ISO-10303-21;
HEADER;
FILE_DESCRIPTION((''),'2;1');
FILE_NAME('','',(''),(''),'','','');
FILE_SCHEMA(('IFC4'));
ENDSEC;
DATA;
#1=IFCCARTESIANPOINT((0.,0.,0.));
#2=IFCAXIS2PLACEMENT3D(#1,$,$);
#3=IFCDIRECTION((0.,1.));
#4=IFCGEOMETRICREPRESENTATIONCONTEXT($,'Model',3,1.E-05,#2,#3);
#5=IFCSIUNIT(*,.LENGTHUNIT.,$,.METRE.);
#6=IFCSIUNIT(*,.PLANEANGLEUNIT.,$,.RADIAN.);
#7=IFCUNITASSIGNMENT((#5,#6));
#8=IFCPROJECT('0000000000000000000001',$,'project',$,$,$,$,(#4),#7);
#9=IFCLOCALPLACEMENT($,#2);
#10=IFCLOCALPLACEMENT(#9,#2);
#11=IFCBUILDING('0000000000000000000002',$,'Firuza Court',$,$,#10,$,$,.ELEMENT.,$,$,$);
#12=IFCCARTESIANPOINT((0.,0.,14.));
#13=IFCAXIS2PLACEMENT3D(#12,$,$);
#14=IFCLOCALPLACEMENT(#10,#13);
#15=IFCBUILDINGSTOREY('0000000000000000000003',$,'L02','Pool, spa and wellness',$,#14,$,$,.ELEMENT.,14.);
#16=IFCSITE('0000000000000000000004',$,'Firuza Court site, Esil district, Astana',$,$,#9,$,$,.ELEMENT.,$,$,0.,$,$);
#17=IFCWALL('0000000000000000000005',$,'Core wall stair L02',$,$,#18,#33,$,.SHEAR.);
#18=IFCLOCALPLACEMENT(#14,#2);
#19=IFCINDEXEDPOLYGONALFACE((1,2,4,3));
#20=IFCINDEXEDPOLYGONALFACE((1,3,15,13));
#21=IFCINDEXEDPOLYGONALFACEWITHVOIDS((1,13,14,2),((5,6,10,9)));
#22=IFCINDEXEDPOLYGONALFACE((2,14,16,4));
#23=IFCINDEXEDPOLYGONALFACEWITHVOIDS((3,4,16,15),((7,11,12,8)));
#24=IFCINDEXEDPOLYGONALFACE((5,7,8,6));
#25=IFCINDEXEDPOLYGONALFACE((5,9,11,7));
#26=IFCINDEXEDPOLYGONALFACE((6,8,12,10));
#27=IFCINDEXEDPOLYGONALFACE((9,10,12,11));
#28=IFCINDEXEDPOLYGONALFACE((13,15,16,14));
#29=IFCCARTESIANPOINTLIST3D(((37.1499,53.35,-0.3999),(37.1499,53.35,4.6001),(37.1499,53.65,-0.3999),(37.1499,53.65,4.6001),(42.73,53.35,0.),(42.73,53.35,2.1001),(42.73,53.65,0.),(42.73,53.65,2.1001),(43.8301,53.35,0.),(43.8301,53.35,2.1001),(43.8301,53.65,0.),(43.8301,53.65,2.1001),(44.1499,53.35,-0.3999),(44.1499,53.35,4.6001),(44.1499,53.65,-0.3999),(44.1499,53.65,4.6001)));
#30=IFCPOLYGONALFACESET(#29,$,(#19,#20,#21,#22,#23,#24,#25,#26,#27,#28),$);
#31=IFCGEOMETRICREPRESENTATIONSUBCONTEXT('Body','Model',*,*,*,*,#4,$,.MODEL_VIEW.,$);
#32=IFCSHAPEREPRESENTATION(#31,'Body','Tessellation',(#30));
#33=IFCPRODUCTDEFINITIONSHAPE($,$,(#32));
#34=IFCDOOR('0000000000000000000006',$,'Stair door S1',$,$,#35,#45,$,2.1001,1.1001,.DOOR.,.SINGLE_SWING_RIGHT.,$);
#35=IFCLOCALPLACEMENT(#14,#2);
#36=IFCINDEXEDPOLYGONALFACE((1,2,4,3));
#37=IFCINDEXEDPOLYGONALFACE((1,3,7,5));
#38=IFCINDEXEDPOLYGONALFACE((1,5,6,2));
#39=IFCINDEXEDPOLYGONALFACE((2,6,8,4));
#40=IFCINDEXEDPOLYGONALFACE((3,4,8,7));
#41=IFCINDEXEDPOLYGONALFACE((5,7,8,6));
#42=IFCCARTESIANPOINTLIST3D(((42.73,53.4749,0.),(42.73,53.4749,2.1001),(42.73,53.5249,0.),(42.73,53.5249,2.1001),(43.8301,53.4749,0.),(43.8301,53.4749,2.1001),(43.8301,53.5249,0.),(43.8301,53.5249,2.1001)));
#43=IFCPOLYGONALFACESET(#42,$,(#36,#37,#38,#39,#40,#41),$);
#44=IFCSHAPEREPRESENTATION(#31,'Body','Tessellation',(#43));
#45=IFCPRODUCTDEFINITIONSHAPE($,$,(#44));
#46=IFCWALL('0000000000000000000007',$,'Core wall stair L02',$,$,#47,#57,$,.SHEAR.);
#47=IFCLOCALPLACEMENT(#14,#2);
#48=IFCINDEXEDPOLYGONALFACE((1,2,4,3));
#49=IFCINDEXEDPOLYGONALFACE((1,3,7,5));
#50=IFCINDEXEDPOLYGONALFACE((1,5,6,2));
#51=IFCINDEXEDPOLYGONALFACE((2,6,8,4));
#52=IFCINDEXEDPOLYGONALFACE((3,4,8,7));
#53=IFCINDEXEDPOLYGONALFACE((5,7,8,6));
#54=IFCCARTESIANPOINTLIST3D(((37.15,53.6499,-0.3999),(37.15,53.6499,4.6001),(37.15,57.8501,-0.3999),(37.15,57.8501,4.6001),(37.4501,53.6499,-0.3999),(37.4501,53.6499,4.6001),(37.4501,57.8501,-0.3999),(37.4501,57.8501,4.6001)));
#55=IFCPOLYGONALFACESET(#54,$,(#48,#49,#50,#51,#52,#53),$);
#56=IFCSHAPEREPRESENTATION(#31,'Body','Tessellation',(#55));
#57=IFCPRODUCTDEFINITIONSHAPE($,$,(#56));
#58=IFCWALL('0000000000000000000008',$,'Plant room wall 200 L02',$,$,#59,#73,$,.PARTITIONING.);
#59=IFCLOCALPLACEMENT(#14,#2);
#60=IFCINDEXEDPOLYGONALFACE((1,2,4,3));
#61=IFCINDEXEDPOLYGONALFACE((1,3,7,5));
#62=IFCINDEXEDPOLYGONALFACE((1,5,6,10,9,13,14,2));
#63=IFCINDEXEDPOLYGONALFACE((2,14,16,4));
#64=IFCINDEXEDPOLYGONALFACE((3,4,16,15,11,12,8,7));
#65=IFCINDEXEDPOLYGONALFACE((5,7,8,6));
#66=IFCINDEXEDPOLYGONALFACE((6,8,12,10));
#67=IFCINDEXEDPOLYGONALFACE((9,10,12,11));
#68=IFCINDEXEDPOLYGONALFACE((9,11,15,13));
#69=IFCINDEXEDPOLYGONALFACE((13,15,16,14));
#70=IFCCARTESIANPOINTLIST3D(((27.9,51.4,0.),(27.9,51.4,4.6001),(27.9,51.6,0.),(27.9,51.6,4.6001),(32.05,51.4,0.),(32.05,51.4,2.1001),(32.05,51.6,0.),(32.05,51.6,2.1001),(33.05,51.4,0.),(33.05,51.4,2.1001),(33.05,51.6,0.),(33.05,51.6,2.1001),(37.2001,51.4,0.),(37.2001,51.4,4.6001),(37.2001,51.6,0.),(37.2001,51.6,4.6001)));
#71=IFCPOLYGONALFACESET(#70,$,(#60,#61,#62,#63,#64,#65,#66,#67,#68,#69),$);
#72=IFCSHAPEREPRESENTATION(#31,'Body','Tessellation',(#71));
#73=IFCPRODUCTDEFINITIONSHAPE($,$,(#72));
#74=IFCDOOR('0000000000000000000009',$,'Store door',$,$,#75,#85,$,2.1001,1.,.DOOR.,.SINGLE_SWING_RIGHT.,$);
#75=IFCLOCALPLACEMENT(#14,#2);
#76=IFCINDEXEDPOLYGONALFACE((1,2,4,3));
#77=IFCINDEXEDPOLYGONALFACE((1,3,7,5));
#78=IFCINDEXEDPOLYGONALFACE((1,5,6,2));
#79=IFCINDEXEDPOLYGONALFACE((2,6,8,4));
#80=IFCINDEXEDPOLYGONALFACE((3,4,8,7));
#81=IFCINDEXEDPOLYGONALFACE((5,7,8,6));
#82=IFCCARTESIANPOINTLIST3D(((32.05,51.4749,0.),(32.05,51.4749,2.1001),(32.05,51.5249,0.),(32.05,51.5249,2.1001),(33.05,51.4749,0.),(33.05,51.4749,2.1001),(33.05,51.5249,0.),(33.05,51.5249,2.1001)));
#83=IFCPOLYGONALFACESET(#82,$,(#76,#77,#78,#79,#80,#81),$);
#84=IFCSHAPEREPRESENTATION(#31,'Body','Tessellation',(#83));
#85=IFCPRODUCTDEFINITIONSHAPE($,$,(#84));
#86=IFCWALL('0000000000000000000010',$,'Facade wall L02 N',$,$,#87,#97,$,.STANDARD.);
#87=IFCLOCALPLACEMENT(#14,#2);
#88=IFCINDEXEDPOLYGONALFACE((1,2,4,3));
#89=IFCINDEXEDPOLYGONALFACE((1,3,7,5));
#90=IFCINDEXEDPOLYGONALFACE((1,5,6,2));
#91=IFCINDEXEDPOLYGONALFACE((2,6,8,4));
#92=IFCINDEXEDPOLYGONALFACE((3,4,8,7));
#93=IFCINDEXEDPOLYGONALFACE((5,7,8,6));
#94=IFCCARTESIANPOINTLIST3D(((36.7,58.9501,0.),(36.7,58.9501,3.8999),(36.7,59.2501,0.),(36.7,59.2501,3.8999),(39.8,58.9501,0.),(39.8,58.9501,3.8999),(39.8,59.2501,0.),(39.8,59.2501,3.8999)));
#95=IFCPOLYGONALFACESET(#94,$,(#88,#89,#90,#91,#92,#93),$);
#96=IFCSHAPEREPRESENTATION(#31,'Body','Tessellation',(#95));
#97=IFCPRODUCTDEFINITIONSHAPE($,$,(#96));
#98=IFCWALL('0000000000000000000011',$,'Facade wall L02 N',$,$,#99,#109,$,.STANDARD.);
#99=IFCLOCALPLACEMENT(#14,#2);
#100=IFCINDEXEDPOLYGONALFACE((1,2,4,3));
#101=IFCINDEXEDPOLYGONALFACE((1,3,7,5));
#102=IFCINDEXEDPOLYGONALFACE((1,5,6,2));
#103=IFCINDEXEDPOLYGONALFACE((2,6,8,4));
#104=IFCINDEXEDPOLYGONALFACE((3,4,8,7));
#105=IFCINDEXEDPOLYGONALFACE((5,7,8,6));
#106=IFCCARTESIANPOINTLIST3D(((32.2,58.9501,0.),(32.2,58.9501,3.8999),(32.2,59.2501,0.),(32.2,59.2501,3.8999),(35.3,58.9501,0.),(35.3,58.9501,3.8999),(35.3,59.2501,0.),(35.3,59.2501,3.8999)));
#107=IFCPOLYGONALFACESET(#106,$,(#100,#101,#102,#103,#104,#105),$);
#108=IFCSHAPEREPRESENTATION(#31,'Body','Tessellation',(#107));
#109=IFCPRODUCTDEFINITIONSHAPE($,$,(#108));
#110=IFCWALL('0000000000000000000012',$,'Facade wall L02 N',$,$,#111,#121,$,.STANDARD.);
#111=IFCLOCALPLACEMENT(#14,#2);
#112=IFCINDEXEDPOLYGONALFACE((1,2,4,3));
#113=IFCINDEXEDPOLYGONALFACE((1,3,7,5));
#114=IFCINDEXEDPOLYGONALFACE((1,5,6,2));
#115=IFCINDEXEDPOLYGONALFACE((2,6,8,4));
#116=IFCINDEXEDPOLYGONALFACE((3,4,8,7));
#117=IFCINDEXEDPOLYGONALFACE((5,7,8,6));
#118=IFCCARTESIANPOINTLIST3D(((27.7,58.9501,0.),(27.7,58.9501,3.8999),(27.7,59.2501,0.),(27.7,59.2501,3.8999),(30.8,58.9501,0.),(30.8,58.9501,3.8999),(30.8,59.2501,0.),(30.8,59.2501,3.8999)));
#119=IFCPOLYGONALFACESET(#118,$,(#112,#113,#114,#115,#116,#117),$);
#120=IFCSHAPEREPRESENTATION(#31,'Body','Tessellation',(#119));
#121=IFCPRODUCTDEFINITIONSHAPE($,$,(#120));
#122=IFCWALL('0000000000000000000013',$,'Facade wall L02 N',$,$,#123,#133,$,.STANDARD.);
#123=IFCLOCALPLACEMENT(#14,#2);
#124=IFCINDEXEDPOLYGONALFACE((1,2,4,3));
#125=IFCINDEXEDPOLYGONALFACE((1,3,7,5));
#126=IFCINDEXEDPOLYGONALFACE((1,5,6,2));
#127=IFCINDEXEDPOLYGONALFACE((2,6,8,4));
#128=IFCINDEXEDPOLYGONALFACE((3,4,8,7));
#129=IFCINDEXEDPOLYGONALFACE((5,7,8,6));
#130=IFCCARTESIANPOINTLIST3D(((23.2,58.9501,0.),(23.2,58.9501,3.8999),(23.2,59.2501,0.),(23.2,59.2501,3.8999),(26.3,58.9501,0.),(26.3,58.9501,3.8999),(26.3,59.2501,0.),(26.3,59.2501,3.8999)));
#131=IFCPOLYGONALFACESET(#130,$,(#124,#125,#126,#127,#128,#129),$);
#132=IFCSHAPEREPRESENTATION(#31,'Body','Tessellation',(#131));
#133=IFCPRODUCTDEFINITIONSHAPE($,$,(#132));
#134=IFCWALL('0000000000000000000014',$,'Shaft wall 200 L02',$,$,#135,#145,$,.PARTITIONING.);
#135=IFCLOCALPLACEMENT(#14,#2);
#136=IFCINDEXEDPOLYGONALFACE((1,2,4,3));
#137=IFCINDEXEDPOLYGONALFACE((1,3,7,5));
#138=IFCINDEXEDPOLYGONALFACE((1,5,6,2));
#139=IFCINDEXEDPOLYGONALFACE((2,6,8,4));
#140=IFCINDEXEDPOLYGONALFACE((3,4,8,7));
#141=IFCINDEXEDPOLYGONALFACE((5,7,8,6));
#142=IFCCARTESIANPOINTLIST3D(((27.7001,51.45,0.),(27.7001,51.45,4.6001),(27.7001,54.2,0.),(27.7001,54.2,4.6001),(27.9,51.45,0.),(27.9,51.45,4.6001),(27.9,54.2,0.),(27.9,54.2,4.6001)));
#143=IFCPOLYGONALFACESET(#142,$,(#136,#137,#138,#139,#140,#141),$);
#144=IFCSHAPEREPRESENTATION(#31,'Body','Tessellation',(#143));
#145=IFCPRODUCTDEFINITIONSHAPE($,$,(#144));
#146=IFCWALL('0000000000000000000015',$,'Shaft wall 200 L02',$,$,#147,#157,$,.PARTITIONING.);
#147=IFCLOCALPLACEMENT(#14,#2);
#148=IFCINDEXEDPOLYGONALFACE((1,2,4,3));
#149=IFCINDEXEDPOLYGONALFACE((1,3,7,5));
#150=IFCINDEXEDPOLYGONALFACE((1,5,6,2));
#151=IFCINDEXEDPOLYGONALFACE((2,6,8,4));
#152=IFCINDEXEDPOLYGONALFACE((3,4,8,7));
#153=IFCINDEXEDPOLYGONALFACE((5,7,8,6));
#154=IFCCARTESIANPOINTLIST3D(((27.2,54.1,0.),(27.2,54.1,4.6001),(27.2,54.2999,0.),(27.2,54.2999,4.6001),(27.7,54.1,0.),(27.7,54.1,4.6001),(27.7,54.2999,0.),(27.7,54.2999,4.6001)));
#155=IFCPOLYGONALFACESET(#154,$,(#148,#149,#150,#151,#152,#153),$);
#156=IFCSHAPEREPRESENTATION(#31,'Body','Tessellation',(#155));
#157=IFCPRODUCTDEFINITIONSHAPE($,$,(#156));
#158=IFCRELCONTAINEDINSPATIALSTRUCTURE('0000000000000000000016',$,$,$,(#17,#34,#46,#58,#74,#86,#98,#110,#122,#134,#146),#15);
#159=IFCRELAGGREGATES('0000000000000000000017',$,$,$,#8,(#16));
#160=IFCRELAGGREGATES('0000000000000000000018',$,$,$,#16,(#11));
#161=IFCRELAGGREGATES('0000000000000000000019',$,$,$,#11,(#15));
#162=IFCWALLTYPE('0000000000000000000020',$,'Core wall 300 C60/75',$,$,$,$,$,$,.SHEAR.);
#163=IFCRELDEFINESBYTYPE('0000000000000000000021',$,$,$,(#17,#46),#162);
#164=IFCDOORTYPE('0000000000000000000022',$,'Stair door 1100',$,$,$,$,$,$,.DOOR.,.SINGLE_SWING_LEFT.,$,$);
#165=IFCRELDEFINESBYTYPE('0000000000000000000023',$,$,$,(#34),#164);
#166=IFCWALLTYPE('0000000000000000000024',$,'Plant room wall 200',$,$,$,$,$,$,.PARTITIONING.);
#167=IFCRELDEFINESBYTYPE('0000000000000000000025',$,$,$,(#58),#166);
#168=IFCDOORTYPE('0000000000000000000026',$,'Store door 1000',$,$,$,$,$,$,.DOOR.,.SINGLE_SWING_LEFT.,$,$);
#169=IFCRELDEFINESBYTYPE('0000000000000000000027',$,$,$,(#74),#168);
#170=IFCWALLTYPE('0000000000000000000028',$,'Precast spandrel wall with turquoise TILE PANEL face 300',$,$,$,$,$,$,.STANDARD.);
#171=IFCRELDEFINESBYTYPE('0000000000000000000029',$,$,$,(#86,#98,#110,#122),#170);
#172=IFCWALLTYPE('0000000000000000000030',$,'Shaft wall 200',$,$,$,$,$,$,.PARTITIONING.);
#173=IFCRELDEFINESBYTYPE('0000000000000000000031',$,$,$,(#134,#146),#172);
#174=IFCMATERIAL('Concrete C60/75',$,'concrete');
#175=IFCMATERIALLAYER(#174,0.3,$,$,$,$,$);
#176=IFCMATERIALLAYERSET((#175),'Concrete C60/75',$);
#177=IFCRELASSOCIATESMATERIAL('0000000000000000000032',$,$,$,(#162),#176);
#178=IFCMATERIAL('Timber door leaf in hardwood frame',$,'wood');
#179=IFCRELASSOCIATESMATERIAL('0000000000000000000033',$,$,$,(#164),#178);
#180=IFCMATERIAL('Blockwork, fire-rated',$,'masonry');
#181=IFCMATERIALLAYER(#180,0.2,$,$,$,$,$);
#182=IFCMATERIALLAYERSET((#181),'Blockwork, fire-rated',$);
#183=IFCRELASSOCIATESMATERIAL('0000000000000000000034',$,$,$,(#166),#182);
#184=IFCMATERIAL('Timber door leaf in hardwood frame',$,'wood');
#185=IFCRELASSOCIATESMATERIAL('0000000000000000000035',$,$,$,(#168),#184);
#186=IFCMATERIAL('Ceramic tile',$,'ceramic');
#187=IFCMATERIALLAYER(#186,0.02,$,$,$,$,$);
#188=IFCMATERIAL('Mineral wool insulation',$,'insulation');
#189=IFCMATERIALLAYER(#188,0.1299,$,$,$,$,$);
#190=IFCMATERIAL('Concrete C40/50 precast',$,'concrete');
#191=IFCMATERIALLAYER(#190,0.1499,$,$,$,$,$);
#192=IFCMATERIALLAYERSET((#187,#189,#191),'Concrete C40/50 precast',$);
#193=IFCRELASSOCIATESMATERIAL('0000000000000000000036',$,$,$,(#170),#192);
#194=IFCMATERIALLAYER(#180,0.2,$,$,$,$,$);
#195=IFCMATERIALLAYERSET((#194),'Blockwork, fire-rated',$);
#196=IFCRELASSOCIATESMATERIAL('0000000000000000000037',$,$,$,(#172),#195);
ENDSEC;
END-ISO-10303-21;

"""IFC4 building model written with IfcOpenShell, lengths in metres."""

from ifc_helpers import new_model, si_unit, direction, frame, frame_2d, origin, place, context, subcontext, project, spatial, rectangle, extrude, material, layer, layer_set, type_object, element, fill, save


model = new_model("IFC4")

# Units and contexts
model_context = context("Model", 3, precision=1e-05, world=origin(), true_north=direction((0.0, 1.0)))
body_context = subcontext(model_context, "Body", "Model", "MODEL_VIEW")
ifc_project = project(units=[si_unit("LENGTHUNIT", "METRE"), si_unit("PLANEANGLEUNIT", "RADIAN")], contexts=[model_context])

# Site, building, storey
site_placement = place(None, origin())
site = spatial("IfcSite", under=ifc_project, at=site_placement, Name="Firuza Court site, Esil district, Astana", CompositionType="ELEMENT", RefElevation=0.0)
building_placement = place(site_placement, origin())
building = spatial("IfcBuilding", under=site, at=building_placement, Name="Firuza Court", CompositionType="ELEMENT")
storey_placement = place(building_placement, frame((0.0, 0.0, 14.0)))
storey = spatial("IfcBuildingStorey", under=building, at=storey_placement, Name="L02", Description="Pool, spa and wellness", CompositionType="ELEMENT", Elevation=14.0)

# Shared definitions
ifc_material_1 = material(Name="Concrete C60/75", Category="concrete")

# Shared definitions
ifc_layer_1 = layer(ifc_material_1, 0.3)
ifc_layer_set_1 = layer_set([ifc_layer_1], Name="Concrete C60/75")
wall_type_1 = type_object("IfcWallType", Name="Core wall 300 C60/75", PredefinedType="SHEAR", material=ifc_layer_set_1)

# Wall, opening, door
wall_1_placement = place(storey_placement, frame((37.1499, 53.5, -0.3999), z_axis=(0.0, 0.0, 1.0), x_axis=(1.0, 0.0, 0.0)))
wall_1 = element("IfcWall", 1, at=wall_1_placement, inside=storey, type_object=wall_type_1, Name="Core wall stair L02", PredefinedType="SHEAR", context=body_context, shape_type="SweptSolid", body=[
    extrude(rectangle(XDim=7.0, YDim=0.3, at=frame_2d((3.5, 0.0))), origin(), (0.0, 0.0, 1.0), 5.0),
])
opening_1_placement = place(wall_1_placement, frame((5.5801, 0.0, 0.3999)))
opening_1 = element("IfcOpeningElement", 2, at=opening_1_placement, cuts=wall_1, PredefinedType="OPENING", context=body_context, shape_type="SweptSolid", body=[
    extrude(rectangle(XDim=1.1001, YDim=2.1001, at=frame_2d((0.55, 1.05))), frame((0.0, 0.1621, 0.0), z_axis=(0.0, -1.0, 0.0), x_axis=(1.0, 0.0, 0.0)), (0.0, 0.0, 1.0), 0.324),
])
ifc_material_2 = material(Name="Timber door leaf in hardwood frame", Category="wood")
door_type_1 = type_object("IfcDoorType", Name="Stair door 1100", OperationType="SINGLE_SWING_LEFT", PredefinedType="DOOR", material=ifc_material_2)
door_1_placement = place(opening_1_placement, origin())
door_1 = element("IfcDoor", 3, at=door_1_placement, inside=storey, type_object=door_type_1, Name="Stair door S1", OperationType="SINGLE_SWING_RIGHT", OverallHeight=2.1001, OverallWidth=1.1001, PredefinedType="DOOR", context=body_context, shape_type="SweptSolid", body=[
    extrude(rectangle(XDim=1.1001, YDim=2.1001, at=frame_2d((0.55, 1.05))), frame((0.0, 0.0249, 0.0), z_axis=(0.0, -1.0, 0.0), x_axis=(1.0, 0.0, 0.0)), (0.0, 0.0, 1.0), 0.05),
])
fill(opening_1, door_1)

# Wall
wall_2_placement = place(storey_placement, frame((37.3, 53.6499, -0.3999), z_axis=(0.0, 0.0, 1.0), x_axis=(0.0, 1.0, 0.0)))
element("IfcWall", 4, at=wall_2_placement, inside=storey, type_object=wall_type_1, Name="Core wall stair L02", PredefinedType="SHEAR", context=body_context, shape_type="SweptSolid", body=[
    extrude(rectangle(XDim=4.2002, YDim=0.3, at=frame_2d((2.1001, 0.0))), origin(), (0.0, 0.0, 1.0), 5.0),
])

# Wall, opening, door
ifc_material_3 = material(Name="Blockwork, fire-rated", Category="masonry")
ifc_layer_2 = layer(ifc_material_3, 0.2)
ifc_layer_set_2 = layer_set([ifc_layer_2], Name="Blockwork, fire-rated")
wall_type_2 = type_object("IfcWallType", Name="Plant room wall 200", PredefinedType="PARTITIONING", material=ifc_layer_set_2)
wall_3_placement = place(storey_placement, frame((37.2, 51.5, 0.0), z_axis=(0.0, 0.0, 1.0), x_axis=(-1.0, 0.0, 0.0)))
wall_3 = element("IfcWall", 5, at=wall_3_placement, inside=storey, type_object=wall_type_2, Name="Plant room wall 200 L02", PredefinedType="PARTITIONING", context=body_context, shape_type="SweptSolid", body=[
    extrude(rectangle(XDim=9.3, YDim=0.2, at=frame_2d((4.6499, 0.0))), origin(), (0.0, 0.0, 1.0), 4.6001),
])
opening_2_placement = place(wall_3_placement, frame((4.1499, 0.0, 0.0)))
opening_2 = element("IfcOpeningElement", 6, at=opening_2_placement, cuts=wall_3, PredefinedType="OPENING", context=body_context, shape_type="SweptSolid", body=[
    extrude(rectangle(XDim=1.0, YDim=2.1001, at=frame_2d((0.5, 1.05))), frame((0.0, 0.1118, 0.0), z_axis=(0.0, -1.0, 0.0), x_axis=(1.0, 0.0, 0.0)), (0.0, 0.0, 1.0), 0.2239),
])
ifc_material_4 = material(Name="Timber door leaf in hardwood frame", Category="wood")
door_type_2 = type_object("IfcDoorType", Name="Store door 1000", OperationType="SINGLE_SWING_LEFT", PredefinedType="DOOR", material=ifc_material_4)
door_2_placement = place(opening_2_placement, frame((1.0, 0.0, 0.0), z_axis=(0.0, 0.0, 1.0), x_axis=(-1.0, 0.0, 0.0)))
door_2 = element("IfcDoor", 7, at=door_2_placement, inside=storey, type_object=door_type_2, Name="Store door", OperationType="SINGLE_SWING_RIGHT", OverallHeight=2.1001, OverallWidth=1.0, PredefinedType="DOOR", context=body_context, shape_type="SweptSolid", body=[
    extrude(rectangle(XDim=1.0, YDim=2.1001, at=frame_2d((0.5, 1.05))), frame((0.0, 0.0249, 0.0), z_axis=(0.0, -1.0, 0.0), x_axis=(1.0, 0.0, 0.0)), (0.0, 0.0, 1.0), 0.05),
])
fill(opening_2, door_2)

# Walls
ifc_material_5 = material(Name="Ceramic tile", Category="ceramic")
ifc_layer_3 = layer(ifc_material_5, 0.02)
ifc_material_6 = material(Name="Mineral wool insulation", Category="insulation")
ifc_layer_4 = layer(ifc_material_6, 0.1299)
ifc_material_7 = material(Name="Concrete C40/50 precast", Category="concrete")
ifc_layer_5 = layer(ifc_material_7, 0.1499)
ifc_layer_set_3 = layer_set([ifc_layer_3, ifc_layer_4, ifc_layer_5], Name="Concrete C40/50 precast")
wall_type_3 = type_object("IfcWallType", Name="Precast spandrel wall with turquoise TILE PANEL face 300", PredefinedType="STANDARD", material=ifc_layer_set_3)
for number, where, z_axis, x_axis, name in (
    (8, (39.8, 59.1001, 0.0), (0.0, 0.0, 1.0), (-1.0, 0.0, 0.0), "Facade wall L02 N"),
    (9, (35.3, 59.1001, 0.0), (0.0, 0.0, 1.0), (-1.0, 0.0, 0.0), "Facade wall L02 N"),
    (10, (30.8, 59.1001, 0.0), (0.0, 0.0, 1.0), (-1.0, 0.0, 0.0), "Facade wall L02 N"),
    (11, (26.3, 59.1001, 0.0), (0.0, 0.0, 1.0), (-1.0, 0.0, 0.0), "Facade wall L02 N"),
):
    element("IfcWall", number, at=place(storey_placement, frame(where, z_axis=z_axis, x_axis=x_axis)), inside=storey, type_object=wall_type_3, Name=name, PredefinedType="STANDARD", context=body_context, shape_type="SweptSolid", body=[
        extrude(rectangle(XDim=3.1001, YDim=0.3, at=frame_2d((1.55, 0.0))), origin(), (0.0, 0.0, 1.0), 3.8999),
    ])
ifc_layer_6 = layer(ifc_material_3, 0.2)
ifc_layer_set_4 = layer_set([ifc_layer_6], Name="Blockwork, fire-rated")
wall_type_4 = type_object("IfcWallType", Name="Shaft wall 200", PredefinedType="PARTITIONING", material=ifc_layer_set_4)
wall_4_placement = place(storey_placement, frame((27.8, 51.45, 0.0), z_axis=(0.0, 0.0, 1.0), x_axis=(0.0, 1.0, 0.0)))
element("IfcWall", 12, at=wall_4_placement, inside=storey, type_object=wall_type_4, Name="Shaft wall 200 L02", PredefinedType="PARTITIONING", context=body_context, shape_type="SweptSolid", body=[
    extrude(rectangle(XDim=2.75, YDim=0.2, at=frame_2d((1.375, 0.0))), origin(), (0.0, 0.0, 1.0), 4.6001),
])
wall_5_placement = place(storey_placement, frame((27.2, 54.2, 0.0), z_axis=(0.0, 0.0, 1.0), x_axis=(1.0, 0.0, 0.0)))
element("IfcWall", 13, at=wall_5_placement, inside=storey, type_object=wall_type_4, Name="Shaft wall 200 L02", PredefinedType="PARTITIONING", context=body_context, shape_type="SweptSolid", body=[
    extrude(rectangle(XDim=0.5, YDim=0.2, at=frame_2d((0.25, 0.0))), origin(), (0.0, 0.0, 1.0), 4.6001),
])

save(model, "model.ifc")
